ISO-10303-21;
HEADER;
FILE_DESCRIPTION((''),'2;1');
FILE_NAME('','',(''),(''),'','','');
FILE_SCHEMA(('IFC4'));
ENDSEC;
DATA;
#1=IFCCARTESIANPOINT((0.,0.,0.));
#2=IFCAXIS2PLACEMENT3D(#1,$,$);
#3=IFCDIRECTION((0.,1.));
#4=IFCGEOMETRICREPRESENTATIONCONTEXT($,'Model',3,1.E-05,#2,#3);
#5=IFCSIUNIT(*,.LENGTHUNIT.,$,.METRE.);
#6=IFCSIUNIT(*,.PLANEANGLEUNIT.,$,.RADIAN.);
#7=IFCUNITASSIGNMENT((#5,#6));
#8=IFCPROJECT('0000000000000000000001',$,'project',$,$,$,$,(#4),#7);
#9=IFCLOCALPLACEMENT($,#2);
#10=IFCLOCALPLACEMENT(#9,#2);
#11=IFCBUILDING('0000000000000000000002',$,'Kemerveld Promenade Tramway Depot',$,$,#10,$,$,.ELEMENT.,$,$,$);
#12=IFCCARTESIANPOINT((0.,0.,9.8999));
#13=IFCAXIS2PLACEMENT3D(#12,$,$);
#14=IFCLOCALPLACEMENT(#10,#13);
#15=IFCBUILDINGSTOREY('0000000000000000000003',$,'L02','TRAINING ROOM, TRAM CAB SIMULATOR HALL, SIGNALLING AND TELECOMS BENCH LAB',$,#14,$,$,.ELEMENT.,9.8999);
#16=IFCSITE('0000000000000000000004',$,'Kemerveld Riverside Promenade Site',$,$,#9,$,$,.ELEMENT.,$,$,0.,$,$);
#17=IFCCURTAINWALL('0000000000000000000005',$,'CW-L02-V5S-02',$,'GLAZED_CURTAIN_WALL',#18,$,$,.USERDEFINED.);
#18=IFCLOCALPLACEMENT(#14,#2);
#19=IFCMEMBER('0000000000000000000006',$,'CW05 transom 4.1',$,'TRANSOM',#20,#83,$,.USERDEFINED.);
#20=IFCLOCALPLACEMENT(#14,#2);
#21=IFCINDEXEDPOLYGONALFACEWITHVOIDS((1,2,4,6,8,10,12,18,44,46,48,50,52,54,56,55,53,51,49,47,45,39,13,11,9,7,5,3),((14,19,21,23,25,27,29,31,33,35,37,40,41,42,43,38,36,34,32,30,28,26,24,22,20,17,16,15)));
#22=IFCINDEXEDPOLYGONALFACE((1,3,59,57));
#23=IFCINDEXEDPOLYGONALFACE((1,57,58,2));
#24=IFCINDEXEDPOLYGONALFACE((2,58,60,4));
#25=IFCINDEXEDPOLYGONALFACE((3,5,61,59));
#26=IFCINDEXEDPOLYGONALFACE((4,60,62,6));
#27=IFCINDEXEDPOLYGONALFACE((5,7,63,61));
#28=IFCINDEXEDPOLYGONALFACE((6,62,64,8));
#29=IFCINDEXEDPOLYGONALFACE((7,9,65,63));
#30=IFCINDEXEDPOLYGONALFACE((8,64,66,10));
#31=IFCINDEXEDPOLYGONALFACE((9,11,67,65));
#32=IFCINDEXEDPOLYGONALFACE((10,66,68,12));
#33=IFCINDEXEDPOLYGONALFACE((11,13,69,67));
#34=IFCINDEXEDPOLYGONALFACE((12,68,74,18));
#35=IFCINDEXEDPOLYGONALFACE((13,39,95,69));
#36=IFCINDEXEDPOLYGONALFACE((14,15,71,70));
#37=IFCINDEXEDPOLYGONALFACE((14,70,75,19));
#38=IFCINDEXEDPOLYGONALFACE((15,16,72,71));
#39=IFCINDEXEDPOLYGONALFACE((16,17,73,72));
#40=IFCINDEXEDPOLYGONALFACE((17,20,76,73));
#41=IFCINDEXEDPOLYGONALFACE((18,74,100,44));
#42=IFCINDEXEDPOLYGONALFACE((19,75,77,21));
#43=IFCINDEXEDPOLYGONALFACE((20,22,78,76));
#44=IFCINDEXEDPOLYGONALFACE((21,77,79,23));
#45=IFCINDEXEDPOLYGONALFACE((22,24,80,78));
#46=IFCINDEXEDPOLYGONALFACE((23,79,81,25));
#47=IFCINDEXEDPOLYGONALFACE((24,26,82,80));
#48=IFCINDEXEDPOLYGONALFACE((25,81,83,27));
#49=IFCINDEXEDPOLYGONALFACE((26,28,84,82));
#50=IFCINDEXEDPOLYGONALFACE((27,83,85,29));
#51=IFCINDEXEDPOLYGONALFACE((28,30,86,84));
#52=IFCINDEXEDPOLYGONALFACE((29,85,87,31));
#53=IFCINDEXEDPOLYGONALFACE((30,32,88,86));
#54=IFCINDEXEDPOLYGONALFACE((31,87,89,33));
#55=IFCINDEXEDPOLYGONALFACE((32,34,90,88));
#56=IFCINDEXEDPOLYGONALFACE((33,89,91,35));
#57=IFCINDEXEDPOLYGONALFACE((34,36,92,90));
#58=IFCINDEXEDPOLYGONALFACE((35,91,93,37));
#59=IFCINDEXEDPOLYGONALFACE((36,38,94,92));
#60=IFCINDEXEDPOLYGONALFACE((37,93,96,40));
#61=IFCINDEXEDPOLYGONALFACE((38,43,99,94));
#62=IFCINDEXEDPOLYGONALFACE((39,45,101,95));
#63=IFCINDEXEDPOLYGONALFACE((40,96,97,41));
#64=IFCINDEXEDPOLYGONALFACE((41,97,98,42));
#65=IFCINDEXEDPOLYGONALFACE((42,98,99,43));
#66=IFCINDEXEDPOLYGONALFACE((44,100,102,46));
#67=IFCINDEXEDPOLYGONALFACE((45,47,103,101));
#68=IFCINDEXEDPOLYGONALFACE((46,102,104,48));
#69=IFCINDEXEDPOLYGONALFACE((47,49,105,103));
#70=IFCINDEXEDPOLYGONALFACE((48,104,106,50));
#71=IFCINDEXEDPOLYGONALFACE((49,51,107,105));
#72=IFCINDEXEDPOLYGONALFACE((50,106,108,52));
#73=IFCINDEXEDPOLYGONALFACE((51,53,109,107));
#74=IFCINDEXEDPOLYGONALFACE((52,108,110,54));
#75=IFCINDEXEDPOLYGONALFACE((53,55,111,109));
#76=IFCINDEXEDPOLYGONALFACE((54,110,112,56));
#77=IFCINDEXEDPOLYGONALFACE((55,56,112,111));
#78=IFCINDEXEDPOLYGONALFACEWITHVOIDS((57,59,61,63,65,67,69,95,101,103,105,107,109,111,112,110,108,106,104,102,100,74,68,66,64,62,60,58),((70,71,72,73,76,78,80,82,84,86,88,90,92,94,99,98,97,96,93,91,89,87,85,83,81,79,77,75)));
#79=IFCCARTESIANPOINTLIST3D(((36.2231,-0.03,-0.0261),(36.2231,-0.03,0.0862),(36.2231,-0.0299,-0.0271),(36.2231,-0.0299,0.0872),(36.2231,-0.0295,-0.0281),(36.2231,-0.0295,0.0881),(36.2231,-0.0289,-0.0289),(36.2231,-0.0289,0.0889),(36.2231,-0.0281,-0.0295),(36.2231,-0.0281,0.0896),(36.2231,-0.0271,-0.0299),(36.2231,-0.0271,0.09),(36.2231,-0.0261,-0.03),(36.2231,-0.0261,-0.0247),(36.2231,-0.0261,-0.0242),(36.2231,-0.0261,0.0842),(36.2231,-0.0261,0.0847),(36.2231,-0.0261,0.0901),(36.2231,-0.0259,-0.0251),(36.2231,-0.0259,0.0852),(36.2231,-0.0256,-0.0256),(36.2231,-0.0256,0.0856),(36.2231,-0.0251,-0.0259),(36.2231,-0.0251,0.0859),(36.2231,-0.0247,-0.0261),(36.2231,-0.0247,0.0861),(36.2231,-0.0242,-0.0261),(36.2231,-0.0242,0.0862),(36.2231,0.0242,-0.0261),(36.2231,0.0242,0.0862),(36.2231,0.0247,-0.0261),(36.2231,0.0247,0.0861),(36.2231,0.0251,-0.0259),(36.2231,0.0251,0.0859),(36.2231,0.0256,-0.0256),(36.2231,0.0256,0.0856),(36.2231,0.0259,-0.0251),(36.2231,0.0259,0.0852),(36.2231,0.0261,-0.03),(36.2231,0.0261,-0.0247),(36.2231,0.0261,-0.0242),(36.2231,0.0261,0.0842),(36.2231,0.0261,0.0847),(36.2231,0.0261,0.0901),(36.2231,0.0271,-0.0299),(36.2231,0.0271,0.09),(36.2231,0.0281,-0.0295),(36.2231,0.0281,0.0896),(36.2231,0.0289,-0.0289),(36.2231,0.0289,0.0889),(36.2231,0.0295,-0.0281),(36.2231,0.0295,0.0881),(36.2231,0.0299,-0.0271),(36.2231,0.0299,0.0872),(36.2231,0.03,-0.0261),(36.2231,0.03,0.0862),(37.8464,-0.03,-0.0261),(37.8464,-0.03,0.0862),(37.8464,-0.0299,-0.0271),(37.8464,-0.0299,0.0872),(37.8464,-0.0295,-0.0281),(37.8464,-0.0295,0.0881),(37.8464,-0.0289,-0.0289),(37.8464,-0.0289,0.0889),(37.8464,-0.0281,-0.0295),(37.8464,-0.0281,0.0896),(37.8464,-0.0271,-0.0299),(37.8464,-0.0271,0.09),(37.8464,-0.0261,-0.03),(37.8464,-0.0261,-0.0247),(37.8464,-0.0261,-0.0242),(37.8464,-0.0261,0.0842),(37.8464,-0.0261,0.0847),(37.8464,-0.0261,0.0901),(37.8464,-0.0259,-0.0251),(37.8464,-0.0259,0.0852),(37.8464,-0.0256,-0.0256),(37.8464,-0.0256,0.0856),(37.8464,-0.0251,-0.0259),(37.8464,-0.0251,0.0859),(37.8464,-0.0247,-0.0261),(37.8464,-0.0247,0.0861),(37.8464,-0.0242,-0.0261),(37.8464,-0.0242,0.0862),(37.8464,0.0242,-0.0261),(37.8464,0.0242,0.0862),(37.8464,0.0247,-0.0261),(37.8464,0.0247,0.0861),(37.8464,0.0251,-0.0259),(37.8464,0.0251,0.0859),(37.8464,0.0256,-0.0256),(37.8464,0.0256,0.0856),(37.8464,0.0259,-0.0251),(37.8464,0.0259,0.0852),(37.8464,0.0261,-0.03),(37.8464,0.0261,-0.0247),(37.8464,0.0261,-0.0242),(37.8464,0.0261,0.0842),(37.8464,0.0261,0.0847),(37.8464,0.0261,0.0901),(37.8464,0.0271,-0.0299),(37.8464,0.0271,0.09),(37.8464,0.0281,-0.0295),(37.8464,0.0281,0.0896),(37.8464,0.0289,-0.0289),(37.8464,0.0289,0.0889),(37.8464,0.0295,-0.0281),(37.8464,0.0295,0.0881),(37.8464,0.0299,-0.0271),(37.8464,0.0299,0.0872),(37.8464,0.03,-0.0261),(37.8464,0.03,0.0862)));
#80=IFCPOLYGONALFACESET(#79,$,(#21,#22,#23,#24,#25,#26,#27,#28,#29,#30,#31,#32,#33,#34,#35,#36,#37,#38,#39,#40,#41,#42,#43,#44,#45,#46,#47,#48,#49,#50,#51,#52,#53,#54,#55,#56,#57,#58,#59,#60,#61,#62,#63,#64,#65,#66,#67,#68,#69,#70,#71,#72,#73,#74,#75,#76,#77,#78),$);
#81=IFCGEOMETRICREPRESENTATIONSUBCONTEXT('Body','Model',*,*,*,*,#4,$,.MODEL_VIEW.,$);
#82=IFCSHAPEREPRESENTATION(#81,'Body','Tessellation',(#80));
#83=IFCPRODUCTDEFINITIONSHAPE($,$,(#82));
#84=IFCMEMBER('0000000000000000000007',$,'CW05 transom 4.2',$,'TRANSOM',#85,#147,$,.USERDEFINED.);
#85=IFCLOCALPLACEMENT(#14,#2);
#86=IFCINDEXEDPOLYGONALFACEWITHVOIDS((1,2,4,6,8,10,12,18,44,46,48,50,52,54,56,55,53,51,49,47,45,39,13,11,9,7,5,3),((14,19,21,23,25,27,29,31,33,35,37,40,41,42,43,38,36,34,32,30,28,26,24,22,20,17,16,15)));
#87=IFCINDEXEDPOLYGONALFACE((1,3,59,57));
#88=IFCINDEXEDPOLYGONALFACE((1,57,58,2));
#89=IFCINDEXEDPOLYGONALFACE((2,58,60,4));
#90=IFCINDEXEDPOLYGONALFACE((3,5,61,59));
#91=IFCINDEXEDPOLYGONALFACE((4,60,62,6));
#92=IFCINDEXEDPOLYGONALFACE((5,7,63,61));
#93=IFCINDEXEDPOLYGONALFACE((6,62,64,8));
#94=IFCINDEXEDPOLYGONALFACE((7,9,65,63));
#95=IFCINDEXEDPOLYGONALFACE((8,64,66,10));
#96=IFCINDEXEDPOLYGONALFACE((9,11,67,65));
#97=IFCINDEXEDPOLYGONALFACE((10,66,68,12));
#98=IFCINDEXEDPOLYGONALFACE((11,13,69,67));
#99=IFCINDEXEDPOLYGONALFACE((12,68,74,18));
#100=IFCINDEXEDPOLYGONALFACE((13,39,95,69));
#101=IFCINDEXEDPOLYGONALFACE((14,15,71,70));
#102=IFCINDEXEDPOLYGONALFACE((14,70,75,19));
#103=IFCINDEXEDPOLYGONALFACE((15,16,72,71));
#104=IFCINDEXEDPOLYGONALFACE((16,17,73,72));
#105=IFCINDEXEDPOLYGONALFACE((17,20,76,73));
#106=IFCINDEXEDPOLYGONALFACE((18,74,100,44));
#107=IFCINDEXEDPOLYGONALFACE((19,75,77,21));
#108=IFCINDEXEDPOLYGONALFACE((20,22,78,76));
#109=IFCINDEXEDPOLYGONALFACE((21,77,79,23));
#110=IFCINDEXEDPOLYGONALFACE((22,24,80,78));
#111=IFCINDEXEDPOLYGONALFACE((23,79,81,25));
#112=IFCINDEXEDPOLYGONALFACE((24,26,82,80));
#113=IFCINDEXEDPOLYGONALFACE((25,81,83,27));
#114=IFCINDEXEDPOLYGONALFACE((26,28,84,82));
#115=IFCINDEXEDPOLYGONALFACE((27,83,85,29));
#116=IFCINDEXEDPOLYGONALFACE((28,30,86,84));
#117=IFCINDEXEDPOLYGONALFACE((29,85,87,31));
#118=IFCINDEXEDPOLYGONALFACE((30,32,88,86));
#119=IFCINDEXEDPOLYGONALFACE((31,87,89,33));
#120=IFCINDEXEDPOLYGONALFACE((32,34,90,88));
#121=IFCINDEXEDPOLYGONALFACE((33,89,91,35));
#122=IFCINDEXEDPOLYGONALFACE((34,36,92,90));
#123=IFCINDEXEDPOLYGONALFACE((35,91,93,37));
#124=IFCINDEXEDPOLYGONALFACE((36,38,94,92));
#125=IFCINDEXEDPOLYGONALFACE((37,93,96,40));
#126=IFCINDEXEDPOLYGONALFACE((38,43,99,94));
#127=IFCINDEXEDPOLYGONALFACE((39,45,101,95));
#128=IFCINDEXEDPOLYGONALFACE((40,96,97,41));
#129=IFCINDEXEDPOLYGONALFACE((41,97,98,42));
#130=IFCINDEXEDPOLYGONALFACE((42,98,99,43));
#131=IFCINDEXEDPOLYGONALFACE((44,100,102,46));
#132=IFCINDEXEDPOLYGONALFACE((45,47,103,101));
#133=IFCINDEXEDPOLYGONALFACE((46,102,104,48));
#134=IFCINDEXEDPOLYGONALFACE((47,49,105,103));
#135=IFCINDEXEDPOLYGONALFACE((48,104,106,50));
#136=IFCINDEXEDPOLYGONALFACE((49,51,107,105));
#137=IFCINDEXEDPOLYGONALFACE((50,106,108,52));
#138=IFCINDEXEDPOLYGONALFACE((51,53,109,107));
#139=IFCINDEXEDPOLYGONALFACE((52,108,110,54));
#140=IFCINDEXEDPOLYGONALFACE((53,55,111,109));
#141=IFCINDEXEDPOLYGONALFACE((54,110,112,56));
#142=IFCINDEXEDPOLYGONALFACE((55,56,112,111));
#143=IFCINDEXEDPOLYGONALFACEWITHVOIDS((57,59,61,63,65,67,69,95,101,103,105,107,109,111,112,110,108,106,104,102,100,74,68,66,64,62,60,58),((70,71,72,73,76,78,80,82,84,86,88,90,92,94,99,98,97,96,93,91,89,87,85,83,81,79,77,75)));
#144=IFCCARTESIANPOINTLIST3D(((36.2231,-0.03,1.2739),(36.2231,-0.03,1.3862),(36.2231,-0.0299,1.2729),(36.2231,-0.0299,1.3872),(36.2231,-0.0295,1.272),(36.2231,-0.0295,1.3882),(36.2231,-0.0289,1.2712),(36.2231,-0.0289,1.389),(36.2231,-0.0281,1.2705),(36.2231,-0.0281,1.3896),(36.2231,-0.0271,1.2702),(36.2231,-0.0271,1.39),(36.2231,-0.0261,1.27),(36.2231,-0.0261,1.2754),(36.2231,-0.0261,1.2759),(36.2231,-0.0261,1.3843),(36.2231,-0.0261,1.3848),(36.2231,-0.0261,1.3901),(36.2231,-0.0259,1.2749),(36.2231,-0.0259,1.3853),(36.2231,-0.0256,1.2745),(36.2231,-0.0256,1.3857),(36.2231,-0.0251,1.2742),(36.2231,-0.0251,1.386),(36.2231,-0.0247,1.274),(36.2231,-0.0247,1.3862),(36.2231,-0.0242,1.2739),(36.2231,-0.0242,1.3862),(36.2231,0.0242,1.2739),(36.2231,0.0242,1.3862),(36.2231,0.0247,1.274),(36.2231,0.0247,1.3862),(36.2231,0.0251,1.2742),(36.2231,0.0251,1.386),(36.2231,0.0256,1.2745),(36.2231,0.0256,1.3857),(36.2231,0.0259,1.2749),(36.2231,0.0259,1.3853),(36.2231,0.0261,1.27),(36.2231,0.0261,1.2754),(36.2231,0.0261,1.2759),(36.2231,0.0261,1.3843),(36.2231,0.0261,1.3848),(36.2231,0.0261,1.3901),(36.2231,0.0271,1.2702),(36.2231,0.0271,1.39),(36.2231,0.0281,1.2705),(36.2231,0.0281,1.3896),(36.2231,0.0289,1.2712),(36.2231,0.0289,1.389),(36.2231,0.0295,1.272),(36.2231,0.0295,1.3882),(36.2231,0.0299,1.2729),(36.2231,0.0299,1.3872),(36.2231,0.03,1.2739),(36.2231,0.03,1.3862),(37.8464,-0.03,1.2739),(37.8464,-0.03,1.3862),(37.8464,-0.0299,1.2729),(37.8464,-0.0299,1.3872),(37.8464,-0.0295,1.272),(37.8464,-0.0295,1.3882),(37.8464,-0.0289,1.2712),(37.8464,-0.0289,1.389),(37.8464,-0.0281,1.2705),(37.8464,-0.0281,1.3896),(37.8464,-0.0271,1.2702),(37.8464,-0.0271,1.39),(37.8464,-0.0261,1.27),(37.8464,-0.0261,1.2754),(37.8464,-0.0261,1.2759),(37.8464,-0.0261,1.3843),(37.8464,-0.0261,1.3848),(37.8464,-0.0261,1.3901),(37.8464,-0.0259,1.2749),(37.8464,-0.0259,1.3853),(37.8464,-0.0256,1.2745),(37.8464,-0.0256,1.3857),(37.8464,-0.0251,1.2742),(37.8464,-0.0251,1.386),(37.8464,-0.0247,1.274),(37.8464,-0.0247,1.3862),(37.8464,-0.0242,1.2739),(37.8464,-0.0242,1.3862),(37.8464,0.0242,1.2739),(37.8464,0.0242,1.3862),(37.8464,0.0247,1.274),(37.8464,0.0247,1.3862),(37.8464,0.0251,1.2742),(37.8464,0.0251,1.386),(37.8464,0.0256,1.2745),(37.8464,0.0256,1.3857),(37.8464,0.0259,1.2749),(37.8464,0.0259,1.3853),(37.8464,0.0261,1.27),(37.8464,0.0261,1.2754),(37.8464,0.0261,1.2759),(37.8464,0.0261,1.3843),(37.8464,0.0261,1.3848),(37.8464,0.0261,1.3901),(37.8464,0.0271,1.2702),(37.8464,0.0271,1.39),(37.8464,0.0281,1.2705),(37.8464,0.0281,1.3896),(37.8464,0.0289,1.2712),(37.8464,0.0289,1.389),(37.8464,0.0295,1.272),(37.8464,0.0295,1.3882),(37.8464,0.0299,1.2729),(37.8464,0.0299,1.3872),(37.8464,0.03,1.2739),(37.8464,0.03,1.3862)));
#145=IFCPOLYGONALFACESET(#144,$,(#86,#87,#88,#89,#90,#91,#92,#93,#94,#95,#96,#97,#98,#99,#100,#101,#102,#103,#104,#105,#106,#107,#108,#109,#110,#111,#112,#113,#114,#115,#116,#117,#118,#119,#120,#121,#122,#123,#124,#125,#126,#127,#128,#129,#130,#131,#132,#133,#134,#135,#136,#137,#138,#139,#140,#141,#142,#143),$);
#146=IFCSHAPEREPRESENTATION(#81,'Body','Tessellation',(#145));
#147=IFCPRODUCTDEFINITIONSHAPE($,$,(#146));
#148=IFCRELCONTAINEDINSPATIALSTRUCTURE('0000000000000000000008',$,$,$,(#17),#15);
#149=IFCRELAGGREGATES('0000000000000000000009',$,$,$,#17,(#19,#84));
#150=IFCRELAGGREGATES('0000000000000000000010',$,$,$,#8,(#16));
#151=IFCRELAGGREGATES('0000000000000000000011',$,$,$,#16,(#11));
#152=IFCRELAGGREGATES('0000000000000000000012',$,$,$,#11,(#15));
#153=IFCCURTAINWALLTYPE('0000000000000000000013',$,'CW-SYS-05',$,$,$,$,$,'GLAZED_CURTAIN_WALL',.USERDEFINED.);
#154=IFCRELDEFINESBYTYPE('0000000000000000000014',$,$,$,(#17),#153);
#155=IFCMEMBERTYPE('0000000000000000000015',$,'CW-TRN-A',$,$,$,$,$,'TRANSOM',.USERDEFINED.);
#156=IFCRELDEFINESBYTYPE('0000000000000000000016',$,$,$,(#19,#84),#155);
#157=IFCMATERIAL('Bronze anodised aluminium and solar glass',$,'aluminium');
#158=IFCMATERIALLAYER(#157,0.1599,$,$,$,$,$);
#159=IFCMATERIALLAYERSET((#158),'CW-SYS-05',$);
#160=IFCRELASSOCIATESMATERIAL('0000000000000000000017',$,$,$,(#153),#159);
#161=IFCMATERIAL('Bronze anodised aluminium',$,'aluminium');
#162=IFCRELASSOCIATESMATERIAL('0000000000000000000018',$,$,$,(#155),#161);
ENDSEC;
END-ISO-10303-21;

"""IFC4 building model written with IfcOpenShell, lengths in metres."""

from ifc_helpers import new_model, si_unit, direction, frame, origin, origin_2d, place, context, subcontext, project, spatial, hollow_rectangle, extrude, material, layer, layer_set, material_profile, profile_set, type_object, element, aggregate, save


model = new_model("IFC4")

# Units and contexts
model_context = context("Model", 3, precision=1e-05, world=origin(), true_north=direction((0.0, 1.0)))
body_context = subcontext(model_context, "Body", "Model", "MODEL_VIEW")
ifc_project = project(units=[si_unit("LENGTHUNIT", "METRE"), si_unit("PLANEANGLEUNIT", "RADIAN")], contexts=[model_context])

# Site, building, storey
site_placement = place(None, origin())
site = spatial("IfcSite", under=ifc_project, at=site_placement, Name="Kemerveld Riverside Promenade Site", CompositionType="ELEMENT", RefElevation=0.0)
building_placement = place(site_placement, origin())
building = spatial("IfcBuilding", under=site, at=building_placement, Name="Kemerveld Promenade Tramway Depot", CompositionType="ELEMENT")
storey_placement = place(building_placement, frame((0.0, 0.0, 9.8999)))
storey = spatial("IfcBuildingStorey", under=building, at=storey_placement, Name="L02", Description="TRAINING ROOM, TRAM CAB SIMULATOR HALL, SIGNALLING AND TELECOMS BENCH LAB", CompositionType="ELEMENT", Elevation=9.8999)

# Curtain wall
ifc_material_1 = material(Name="Bronze anodised aluminium and solar glass", Category="aluminium")
ifc_layer_1 = layer(ifc_material_1, 0.1599)
ifc_layer_set_1 = layer_set([ifc_layer_1], Name="CW-SYS-05")
curtain_wall_type_1 = type_object("IfcCurtainWallType", Name="CW-SYS-05", ElementType="GLAZED_CURTAIN_WALL", PredefinedType="USERDEFINED", material=ifc_layer_set_1)
curtain_wall_1_placement = place(storey_placement, origin())
curtain_wall_1 = element("IfcCurtainWall", 1, at=curtain_wall_1_placement, inside=storey, type_object=curtain_wall_type_1, Name="CW-L02-V5S-02", ObjectType="GLAZED_CURTAIN_WALL", PredefinedType="USERDEFINED")
ifc_material_2 = material(Name="Bronze anodised aluminium", Category="aluminium")

# Members
ifc_material_profile_1 = material_profile(ifc_material_2, hollow_rectangle(XDim=0.0601, YDim=0.1201, WallThickness=0.0039, InnerFilletRadius=0.002, OuterFilletRadius=0.0039, at=origin_2d()), Name="CW-TRN-120x60")
ifc_profile_set_1 = profile_set([ifc_material_profile_1], Name="Bronze anodised aluminium")
member_type_1 = type_object("IfcMemberType", Name="CW-TRN-A", ElementType="TRANSOM", PredefinedType="USERDEFINED", material=ifc_profile_set_1)
member_1_placement = place(storey_placement, frame((37.8464, 0.0, 0.03), z_axis=(-1.0, 0.0, 0.0), x_axis=(0.0, -1.0, 0.0)))
member_1 = element("IfcMember", 2, at=member_1_placement, type_object=member_type_1, Name="CW05 transom 4.1", ObjectType="TRANSOM", PredefinedType="USERDEFINED", context=body_context, shape_type="SweptSolid", body=[
    extrude(hollow_rectangle(XDim=0.0601, YDim=0.1201, WallThickness=0.0039, InnerFilletRadius=0.002, OuterFilletRadius=0.0039, at=origin_2d()), origin(), (0.0, 0.0, 1.0), 1.6233),
])
member_2_placement = place(storey_placement, frame((37.8464, 0.0, 1.3301), z_axis=(-1.0, 0.0, 0.0), x_axis=(0.0, -1.0, 0.0)))
member_2 = element("IfcMember", 3, at=member_2_placement, type_object=member_type_1, Name="CW05 transom 4.2", ObjectType="TRANSOM", PredefinedType="USERDEFINED", context=body_context, shape_type="SweptSolid", body=[
    extrude(hollow_rectangle(XDim=0.0601, YDim=0.1201, WallThickness=0.0039, InnerFilletRadius=0.002, OuterFilletRadius=0.0039, at=origin_2d()), origin(), (0.0, 0.0, 1.0), 1.6233),
])

aggregate(curtain_wall_1, [member_1, member_2])

save(model, "model.ifc")
